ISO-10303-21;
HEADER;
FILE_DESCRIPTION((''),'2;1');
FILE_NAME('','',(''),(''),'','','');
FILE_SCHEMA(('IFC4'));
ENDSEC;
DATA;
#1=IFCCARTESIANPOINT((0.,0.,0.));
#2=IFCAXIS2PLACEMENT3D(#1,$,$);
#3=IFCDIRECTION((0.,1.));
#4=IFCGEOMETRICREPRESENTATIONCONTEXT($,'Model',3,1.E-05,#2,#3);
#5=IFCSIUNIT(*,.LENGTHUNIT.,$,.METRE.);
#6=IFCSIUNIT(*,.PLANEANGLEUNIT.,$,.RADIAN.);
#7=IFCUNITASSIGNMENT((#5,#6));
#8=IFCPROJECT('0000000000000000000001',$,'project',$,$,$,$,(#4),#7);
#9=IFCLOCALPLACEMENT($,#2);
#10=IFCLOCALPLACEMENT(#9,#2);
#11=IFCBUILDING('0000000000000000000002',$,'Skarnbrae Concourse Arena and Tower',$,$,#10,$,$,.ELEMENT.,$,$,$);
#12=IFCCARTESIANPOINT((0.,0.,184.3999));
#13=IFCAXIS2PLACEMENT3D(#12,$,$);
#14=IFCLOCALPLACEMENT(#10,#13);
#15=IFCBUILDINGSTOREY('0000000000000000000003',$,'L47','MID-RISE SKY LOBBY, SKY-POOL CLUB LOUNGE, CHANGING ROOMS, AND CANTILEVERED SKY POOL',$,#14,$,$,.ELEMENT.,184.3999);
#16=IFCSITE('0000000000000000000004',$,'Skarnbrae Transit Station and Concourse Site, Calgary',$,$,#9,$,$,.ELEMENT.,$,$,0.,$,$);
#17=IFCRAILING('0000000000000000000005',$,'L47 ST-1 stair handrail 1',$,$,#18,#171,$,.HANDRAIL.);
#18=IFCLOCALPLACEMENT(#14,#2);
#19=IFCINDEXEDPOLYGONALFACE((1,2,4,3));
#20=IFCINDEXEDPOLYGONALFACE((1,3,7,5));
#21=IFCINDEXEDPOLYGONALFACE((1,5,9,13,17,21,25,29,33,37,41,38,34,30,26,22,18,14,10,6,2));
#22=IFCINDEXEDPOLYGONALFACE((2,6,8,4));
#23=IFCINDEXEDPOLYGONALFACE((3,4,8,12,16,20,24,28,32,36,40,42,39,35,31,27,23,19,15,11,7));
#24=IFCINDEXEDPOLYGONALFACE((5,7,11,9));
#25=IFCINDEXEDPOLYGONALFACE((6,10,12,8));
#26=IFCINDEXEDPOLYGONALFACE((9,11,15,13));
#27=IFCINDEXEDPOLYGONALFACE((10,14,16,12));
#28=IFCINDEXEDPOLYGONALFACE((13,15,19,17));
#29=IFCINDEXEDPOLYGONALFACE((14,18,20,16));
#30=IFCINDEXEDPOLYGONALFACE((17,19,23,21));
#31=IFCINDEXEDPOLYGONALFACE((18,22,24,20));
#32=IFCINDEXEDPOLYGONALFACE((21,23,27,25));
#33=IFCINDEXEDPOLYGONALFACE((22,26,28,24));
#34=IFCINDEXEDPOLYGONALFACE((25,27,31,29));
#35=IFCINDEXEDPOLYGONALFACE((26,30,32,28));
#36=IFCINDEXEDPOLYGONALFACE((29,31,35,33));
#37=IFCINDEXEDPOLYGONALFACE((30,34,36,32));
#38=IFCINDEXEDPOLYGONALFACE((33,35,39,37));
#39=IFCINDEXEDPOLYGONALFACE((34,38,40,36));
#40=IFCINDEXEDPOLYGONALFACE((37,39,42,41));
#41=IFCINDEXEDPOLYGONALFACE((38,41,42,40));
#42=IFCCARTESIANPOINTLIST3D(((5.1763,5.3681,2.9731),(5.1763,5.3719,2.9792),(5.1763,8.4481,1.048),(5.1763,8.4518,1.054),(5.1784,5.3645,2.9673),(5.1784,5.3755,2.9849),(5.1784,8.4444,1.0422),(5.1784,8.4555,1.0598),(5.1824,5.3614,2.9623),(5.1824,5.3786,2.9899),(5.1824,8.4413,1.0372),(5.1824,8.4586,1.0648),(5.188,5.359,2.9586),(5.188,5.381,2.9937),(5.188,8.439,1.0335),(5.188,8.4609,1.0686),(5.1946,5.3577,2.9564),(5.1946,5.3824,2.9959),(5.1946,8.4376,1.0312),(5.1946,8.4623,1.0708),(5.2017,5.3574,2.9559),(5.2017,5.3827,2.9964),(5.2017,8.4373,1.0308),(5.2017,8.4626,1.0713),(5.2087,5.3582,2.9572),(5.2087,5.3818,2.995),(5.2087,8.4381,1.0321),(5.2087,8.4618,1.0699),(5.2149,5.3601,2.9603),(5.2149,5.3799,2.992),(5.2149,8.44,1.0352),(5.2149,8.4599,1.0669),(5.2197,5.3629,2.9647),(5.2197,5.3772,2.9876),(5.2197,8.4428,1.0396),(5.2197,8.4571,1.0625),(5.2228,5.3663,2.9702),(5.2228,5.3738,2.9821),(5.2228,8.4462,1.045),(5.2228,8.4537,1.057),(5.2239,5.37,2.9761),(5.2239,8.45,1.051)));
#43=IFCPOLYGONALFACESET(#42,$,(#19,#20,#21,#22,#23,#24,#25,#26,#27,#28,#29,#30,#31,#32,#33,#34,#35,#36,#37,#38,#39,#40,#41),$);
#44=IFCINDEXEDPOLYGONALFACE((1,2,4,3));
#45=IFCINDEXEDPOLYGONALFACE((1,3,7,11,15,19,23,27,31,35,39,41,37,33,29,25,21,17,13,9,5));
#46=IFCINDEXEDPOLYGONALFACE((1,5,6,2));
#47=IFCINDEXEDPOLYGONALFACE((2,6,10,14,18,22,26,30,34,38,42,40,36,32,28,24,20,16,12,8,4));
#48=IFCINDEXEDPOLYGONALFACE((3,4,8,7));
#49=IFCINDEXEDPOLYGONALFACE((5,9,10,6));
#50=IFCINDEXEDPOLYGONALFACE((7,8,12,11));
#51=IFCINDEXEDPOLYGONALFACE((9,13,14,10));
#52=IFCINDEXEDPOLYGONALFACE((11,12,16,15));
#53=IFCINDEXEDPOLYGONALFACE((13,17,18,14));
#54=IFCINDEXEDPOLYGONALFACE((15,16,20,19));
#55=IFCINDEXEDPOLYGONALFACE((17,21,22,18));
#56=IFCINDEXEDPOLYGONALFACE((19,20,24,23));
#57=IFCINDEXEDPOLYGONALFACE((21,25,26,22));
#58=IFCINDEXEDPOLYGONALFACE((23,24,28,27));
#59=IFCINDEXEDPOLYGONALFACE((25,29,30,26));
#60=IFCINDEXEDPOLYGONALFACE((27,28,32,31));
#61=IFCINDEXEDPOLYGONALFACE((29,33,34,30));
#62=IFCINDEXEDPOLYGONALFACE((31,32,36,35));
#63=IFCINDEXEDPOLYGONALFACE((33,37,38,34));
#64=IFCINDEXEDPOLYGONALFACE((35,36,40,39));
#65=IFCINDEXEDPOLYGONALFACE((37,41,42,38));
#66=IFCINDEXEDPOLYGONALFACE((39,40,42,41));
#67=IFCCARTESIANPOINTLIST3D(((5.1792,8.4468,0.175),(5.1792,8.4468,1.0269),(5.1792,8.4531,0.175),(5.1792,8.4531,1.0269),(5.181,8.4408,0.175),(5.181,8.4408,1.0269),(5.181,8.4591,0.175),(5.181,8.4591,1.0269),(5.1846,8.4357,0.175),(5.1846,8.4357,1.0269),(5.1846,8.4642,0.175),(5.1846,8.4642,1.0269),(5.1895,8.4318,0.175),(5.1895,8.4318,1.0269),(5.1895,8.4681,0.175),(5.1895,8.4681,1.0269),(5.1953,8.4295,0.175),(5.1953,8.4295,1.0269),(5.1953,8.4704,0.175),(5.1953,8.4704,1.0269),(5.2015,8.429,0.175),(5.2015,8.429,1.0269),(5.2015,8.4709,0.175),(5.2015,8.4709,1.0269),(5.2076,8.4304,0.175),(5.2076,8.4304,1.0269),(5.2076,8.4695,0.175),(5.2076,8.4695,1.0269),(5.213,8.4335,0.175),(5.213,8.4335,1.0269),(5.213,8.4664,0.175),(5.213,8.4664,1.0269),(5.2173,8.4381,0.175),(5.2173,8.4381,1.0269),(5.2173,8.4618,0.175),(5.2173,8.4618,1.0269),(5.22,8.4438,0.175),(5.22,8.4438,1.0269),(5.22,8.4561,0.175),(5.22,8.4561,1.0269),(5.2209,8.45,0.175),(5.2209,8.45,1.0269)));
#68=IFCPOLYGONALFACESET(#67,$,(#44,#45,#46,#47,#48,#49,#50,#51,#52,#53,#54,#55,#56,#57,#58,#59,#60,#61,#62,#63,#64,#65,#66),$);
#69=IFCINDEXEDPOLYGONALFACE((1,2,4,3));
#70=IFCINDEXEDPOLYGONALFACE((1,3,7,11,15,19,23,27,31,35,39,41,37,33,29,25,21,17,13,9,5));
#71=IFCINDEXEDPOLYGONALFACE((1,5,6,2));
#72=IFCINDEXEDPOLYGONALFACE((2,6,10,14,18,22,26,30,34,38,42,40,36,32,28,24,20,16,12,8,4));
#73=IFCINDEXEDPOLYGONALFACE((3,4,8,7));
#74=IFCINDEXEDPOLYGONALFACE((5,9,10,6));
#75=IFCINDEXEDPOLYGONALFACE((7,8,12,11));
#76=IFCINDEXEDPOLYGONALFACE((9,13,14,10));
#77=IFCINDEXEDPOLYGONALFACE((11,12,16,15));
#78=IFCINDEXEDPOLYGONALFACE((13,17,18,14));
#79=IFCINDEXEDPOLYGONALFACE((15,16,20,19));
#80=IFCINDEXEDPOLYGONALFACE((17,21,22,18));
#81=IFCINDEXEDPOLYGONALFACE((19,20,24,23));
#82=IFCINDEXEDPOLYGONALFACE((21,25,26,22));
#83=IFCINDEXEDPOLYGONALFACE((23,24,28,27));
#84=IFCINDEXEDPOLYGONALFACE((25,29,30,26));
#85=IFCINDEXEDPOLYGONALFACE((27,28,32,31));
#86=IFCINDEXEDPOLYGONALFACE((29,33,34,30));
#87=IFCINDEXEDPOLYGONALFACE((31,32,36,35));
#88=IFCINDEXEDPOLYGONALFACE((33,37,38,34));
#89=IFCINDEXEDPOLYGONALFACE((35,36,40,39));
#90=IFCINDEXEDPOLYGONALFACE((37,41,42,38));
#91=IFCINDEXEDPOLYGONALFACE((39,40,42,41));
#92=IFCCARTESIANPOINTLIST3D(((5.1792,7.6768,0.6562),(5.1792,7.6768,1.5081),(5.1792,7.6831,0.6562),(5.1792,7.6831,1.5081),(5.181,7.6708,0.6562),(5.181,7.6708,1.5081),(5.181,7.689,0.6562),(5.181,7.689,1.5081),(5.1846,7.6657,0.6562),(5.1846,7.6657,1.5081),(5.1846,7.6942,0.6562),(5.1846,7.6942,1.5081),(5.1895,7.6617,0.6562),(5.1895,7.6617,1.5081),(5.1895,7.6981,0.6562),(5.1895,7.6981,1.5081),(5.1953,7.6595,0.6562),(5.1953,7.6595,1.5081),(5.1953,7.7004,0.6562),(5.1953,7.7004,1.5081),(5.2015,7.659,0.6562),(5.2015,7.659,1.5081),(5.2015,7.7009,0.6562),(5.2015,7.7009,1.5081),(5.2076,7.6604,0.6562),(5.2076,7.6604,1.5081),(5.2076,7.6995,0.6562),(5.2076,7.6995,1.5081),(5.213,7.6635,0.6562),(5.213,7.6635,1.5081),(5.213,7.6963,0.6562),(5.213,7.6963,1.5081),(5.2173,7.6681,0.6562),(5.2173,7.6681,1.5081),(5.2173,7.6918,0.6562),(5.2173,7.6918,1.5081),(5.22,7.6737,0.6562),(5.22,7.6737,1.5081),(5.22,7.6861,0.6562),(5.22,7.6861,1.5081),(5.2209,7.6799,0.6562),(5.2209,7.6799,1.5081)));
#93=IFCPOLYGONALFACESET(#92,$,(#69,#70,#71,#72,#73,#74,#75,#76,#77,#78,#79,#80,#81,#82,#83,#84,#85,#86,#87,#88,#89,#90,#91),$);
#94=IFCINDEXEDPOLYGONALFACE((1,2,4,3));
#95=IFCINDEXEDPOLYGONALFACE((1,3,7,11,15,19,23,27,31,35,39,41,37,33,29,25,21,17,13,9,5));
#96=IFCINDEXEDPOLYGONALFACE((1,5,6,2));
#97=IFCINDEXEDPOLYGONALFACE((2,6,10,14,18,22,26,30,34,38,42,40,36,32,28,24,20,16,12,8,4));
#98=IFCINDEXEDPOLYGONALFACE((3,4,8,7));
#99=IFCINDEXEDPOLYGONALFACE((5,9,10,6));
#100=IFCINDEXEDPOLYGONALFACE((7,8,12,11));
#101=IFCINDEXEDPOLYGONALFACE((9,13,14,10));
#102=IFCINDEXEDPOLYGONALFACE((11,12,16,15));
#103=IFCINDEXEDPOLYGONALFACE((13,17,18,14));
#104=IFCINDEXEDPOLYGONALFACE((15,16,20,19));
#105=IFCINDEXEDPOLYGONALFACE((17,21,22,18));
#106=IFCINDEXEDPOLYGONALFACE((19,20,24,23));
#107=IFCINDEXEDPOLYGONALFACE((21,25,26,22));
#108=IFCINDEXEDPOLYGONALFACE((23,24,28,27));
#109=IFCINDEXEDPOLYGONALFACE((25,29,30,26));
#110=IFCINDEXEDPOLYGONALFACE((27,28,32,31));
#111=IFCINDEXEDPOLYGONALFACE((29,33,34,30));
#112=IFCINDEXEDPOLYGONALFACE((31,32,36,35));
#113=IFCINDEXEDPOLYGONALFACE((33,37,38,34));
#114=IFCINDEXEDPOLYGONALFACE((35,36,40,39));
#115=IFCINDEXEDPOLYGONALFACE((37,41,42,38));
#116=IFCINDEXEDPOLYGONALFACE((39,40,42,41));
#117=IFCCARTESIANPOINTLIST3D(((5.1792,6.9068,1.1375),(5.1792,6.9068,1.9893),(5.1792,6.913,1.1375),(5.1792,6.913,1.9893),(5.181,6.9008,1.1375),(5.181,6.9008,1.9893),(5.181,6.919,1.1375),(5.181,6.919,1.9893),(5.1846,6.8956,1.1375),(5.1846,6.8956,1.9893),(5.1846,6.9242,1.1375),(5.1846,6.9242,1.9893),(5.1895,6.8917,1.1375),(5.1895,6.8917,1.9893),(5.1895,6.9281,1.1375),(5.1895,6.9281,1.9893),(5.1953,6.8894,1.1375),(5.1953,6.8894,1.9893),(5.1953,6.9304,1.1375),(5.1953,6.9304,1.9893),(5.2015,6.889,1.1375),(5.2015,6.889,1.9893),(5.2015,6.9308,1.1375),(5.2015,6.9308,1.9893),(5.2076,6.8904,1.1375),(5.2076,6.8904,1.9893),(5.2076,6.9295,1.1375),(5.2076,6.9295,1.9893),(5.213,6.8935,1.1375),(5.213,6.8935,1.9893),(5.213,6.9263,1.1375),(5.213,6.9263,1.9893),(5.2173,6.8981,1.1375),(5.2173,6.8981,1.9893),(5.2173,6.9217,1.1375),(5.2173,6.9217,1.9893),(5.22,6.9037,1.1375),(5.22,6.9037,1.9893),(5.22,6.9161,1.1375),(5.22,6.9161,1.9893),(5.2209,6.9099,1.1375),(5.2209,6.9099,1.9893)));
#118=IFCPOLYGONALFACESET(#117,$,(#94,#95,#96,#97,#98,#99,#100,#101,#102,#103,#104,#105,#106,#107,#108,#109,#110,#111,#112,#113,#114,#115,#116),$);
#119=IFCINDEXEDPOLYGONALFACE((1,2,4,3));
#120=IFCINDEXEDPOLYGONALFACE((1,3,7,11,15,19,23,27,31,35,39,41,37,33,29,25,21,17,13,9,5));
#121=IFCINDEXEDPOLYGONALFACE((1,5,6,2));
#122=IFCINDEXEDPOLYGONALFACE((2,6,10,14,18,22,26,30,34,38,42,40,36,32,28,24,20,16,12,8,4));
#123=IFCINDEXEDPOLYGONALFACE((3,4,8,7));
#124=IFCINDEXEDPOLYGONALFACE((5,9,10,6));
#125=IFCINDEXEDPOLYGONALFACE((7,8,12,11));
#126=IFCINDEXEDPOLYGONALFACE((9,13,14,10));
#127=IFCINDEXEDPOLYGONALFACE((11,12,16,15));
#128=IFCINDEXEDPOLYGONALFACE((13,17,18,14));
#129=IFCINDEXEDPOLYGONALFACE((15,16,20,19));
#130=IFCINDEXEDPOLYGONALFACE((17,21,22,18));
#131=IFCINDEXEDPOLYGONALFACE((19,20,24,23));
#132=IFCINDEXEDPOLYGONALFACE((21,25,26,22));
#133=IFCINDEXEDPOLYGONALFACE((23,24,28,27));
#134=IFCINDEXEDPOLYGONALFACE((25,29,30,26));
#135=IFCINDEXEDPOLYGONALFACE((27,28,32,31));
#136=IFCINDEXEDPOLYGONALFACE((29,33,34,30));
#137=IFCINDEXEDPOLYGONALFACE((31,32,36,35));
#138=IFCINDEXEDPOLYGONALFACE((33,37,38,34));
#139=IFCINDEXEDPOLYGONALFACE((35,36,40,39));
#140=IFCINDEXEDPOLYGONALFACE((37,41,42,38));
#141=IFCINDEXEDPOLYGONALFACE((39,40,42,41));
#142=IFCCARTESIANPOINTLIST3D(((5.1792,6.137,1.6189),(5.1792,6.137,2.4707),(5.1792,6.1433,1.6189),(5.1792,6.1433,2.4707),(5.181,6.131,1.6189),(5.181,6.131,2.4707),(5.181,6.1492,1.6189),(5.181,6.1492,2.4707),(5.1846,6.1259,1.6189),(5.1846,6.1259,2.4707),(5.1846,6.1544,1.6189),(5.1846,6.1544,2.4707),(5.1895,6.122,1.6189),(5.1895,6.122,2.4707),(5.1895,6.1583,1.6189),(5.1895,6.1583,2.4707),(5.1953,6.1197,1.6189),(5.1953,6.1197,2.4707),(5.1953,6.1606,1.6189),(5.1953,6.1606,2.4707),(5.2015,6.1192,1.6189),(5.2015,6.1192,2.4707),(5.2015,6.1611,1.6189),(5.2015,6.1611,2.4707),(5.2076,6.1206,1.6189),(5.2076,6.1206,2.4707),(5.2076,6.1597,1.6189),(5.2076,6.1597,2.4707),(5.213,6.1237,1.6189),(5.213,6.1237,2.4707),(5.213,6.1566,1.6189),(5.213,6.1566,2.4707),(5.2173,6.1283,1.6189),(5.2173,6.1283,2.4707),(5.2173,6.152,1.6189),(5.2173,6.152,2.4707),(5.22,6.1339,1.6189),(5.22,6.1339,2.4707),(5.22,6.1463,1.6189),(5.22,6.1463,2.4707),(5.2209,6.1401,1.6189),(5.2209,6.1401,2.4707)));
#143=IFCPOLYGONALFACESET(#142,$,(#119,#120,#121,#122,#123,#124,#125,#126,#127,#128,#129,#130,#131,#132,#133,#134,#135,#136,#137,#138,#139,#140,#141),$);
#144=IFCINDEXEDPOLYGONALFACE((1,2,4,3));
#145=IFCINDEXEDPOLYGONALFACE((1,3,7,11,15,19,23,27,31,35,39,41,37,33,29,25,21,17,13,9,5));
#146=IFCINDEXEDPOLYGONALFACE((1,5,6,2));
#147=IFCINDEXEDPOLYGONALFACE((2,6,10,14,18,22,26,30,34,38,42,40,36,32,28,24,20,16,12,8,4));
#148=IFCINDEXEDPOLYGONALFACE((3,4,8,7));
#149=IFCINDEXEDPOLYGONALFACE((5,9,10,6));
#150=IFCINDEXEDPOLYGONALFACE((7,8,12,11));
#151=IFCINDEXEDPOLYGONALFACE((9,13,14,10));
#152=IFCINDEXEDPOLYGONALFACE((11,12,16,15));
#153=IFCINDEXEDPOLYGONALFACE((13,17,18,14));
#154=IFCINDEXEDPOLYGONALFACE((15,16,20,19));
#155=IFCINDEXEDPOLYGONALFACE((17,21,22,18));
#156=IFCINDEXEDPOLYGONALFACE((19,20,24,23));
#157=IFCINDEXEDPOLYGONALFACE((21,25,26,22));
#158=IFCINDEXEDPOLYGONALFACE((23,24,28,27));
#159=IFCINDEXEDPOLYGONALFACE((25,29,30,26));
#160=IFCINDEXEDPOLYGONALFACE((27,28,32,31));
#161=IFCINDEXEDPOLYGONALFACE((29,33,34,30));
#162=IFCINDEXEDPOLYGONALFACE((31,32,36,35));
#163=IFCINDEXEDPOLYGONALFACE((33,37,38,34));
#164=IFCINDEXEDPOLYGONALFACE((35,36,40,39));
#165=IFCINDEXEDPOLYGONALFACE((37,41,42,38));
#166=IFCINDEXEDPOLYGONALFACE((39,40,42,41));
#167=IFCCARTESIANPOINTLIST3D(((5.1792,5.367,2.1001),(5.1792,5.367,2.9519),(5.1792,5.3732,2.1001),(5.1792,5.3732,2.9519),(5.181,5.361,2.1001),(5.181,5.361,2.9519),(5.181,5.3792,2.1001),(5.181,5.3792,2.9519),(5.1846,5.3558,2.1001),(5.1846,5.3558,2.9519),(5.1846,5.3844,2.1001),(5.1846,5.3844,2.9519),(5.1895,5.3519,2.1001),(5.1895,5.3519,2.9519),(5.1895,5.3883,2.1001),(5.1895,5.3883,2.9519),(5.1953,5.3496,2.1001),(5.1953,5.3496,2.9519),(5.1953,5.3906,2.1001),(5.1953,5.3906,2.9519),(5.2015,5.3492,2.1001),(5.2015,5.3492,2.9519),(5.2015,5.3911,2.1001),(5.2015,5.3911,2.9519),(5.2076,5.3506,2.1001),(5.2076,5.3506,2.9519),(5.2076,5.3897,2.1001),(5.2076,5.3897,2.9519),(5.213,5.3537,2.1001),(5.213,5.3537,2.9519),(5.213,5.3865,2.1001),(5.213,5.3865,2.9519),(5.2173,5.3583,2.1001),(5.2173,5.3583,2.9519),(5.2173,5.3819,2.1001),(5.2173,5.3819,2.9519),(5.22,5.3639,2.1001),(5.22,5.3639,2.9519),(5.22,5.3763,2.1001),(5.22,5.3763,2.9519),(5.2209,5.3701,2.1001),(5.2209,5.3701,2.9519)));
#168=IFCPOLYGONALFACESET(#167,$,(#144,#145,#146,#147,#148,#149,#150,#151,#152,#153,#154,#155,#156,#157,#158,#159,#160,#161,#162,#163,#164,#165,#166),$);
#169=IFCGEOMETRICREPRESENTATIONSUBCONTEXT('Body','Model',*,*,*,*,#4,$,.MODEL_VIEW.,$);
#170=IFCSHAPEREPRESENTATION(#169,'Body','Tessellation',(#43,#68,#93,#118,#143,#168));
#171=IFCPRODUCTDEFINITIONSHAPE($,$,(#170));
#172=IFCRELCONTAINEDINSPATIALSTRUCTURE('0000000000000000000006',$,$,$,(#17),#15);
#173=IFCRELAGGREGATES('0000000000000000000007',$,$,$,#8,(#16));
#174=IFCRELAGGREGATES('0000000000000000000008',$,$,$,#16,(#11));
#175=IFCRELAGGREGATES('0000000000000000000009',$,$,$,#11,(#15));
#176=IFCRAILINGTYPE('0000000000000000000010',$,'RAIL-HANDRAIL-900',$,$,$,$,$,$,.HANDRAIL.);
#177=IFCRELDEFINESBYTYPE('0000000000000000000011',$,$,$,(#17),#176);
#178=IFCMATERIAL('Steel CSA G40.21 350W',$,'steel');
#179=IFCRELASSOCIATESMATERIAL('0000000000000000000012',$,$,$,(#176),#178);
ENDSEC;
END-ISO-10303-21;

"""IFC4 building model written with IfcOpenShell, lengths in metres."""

from ifc_helpers import new_model, si_unit, direction, frame, origin, origin_2d, place, context, subcontext, project, spatial, circle, extrude, material, type_object, element, save


model = new_model("IFC4")

# Units and contexts
model_context = context("Model", 3, precision=1e-05, world=origin(), true_north=direction((0.0, 1.0)))
body_context = subcontext(model_context, "Body", "Model", "MODEL_VIEW")
ifc_project = project(units=[si_unit("LENGTHUNIT", "METRE"), si_unit("PLANEANGLEUNIT", "RADIAN")], contexts=[model_context])

# Site, building, storey
site_placement = place(None, origin())
site = spatial("IfcSite", under=ifc_project, at=site_placement, Name="Skarnbrae Transit Station and Concourse Site, Calgary", CompositionType="ELEMENT", RefElevation=0.0)
building_placement = place(site_placement, origin())
building = spatial("IfcBuilding", under=site, at=building_placement, Name="Skarnbrae Concourse Arena and Tower", CompositionType="ELEMENT")
storey_placement = place(building_placement, frame((0.0, 0.0, 184.3999)))
storey = spatial("IfcBuildingStorey", under=building, at=storey_placement, Name="L47", Description="MID-RISE SKY LOBBY, SKY-POOL CLUB LOUNGE, CHANGING ROOMS, AND CANTILEVERED SKY POOL", CompositionType="ELEMENT", Elevation=184.3999)

# Railing
ifc_material_1 = material(Name="Steel CSA G40.21 350W", Category="steel")
railing_type_1 = type_object("IfcRailingType", Name="RAIL-HANDRAIL-900", PredefinedType="HANDRAIL", material=ifc_material_1)
railing_1_placement = place(storey_placement, frame((5.2, 8.45, 0.175)))
element("IfcRailing", 1, at=railing_1_placement, inside=storey, type_object=railing_type_1, Name="L47 ST-1 stair handrail 1", PredefinedType="HANDRAIL", context=body_context, shape_type="SweptSolid", body=[
    extrude(circle(Radius=0.0239, at=origin_2d()), frame((0.0, 0.0, 0.876), z_axis=(0.0, -0.847979, 0.530029), x_axis=(1.0, 0.0, 0.0)), (0.0, 0.0, 1.0), 3.6321),
    extrude(circle(Radius=0.021, at=origin_2d()), origin(), (0.0, 0.0, 1.0), 0.8518),
    extrude(circle(Radius=0.021, at=origin_2d()), frame((0.0, -0.77, 0.4812)), (0.0, 0.0, 1.0), 0.8518),
    extrude(circle(Radius=0.021, at=origin_2d()), frame((0.0, -1.54, 0.9624)), (0.0, 0.0, 1.0), 0.8518),
    extrude(circle(Radius=0.021, at=origin_2d()), frame((0.0, -2.3098, 1.4438)), (0.0, 0.0, 1.0), 0.8518),
    extrude(circle(Radius=0.021, at=origin_2d()), frame((0.0, -3.0798, 1.925)), (0.0, 0.0, 1.0), 0.8518),
])

save(model, "model.ifc")
